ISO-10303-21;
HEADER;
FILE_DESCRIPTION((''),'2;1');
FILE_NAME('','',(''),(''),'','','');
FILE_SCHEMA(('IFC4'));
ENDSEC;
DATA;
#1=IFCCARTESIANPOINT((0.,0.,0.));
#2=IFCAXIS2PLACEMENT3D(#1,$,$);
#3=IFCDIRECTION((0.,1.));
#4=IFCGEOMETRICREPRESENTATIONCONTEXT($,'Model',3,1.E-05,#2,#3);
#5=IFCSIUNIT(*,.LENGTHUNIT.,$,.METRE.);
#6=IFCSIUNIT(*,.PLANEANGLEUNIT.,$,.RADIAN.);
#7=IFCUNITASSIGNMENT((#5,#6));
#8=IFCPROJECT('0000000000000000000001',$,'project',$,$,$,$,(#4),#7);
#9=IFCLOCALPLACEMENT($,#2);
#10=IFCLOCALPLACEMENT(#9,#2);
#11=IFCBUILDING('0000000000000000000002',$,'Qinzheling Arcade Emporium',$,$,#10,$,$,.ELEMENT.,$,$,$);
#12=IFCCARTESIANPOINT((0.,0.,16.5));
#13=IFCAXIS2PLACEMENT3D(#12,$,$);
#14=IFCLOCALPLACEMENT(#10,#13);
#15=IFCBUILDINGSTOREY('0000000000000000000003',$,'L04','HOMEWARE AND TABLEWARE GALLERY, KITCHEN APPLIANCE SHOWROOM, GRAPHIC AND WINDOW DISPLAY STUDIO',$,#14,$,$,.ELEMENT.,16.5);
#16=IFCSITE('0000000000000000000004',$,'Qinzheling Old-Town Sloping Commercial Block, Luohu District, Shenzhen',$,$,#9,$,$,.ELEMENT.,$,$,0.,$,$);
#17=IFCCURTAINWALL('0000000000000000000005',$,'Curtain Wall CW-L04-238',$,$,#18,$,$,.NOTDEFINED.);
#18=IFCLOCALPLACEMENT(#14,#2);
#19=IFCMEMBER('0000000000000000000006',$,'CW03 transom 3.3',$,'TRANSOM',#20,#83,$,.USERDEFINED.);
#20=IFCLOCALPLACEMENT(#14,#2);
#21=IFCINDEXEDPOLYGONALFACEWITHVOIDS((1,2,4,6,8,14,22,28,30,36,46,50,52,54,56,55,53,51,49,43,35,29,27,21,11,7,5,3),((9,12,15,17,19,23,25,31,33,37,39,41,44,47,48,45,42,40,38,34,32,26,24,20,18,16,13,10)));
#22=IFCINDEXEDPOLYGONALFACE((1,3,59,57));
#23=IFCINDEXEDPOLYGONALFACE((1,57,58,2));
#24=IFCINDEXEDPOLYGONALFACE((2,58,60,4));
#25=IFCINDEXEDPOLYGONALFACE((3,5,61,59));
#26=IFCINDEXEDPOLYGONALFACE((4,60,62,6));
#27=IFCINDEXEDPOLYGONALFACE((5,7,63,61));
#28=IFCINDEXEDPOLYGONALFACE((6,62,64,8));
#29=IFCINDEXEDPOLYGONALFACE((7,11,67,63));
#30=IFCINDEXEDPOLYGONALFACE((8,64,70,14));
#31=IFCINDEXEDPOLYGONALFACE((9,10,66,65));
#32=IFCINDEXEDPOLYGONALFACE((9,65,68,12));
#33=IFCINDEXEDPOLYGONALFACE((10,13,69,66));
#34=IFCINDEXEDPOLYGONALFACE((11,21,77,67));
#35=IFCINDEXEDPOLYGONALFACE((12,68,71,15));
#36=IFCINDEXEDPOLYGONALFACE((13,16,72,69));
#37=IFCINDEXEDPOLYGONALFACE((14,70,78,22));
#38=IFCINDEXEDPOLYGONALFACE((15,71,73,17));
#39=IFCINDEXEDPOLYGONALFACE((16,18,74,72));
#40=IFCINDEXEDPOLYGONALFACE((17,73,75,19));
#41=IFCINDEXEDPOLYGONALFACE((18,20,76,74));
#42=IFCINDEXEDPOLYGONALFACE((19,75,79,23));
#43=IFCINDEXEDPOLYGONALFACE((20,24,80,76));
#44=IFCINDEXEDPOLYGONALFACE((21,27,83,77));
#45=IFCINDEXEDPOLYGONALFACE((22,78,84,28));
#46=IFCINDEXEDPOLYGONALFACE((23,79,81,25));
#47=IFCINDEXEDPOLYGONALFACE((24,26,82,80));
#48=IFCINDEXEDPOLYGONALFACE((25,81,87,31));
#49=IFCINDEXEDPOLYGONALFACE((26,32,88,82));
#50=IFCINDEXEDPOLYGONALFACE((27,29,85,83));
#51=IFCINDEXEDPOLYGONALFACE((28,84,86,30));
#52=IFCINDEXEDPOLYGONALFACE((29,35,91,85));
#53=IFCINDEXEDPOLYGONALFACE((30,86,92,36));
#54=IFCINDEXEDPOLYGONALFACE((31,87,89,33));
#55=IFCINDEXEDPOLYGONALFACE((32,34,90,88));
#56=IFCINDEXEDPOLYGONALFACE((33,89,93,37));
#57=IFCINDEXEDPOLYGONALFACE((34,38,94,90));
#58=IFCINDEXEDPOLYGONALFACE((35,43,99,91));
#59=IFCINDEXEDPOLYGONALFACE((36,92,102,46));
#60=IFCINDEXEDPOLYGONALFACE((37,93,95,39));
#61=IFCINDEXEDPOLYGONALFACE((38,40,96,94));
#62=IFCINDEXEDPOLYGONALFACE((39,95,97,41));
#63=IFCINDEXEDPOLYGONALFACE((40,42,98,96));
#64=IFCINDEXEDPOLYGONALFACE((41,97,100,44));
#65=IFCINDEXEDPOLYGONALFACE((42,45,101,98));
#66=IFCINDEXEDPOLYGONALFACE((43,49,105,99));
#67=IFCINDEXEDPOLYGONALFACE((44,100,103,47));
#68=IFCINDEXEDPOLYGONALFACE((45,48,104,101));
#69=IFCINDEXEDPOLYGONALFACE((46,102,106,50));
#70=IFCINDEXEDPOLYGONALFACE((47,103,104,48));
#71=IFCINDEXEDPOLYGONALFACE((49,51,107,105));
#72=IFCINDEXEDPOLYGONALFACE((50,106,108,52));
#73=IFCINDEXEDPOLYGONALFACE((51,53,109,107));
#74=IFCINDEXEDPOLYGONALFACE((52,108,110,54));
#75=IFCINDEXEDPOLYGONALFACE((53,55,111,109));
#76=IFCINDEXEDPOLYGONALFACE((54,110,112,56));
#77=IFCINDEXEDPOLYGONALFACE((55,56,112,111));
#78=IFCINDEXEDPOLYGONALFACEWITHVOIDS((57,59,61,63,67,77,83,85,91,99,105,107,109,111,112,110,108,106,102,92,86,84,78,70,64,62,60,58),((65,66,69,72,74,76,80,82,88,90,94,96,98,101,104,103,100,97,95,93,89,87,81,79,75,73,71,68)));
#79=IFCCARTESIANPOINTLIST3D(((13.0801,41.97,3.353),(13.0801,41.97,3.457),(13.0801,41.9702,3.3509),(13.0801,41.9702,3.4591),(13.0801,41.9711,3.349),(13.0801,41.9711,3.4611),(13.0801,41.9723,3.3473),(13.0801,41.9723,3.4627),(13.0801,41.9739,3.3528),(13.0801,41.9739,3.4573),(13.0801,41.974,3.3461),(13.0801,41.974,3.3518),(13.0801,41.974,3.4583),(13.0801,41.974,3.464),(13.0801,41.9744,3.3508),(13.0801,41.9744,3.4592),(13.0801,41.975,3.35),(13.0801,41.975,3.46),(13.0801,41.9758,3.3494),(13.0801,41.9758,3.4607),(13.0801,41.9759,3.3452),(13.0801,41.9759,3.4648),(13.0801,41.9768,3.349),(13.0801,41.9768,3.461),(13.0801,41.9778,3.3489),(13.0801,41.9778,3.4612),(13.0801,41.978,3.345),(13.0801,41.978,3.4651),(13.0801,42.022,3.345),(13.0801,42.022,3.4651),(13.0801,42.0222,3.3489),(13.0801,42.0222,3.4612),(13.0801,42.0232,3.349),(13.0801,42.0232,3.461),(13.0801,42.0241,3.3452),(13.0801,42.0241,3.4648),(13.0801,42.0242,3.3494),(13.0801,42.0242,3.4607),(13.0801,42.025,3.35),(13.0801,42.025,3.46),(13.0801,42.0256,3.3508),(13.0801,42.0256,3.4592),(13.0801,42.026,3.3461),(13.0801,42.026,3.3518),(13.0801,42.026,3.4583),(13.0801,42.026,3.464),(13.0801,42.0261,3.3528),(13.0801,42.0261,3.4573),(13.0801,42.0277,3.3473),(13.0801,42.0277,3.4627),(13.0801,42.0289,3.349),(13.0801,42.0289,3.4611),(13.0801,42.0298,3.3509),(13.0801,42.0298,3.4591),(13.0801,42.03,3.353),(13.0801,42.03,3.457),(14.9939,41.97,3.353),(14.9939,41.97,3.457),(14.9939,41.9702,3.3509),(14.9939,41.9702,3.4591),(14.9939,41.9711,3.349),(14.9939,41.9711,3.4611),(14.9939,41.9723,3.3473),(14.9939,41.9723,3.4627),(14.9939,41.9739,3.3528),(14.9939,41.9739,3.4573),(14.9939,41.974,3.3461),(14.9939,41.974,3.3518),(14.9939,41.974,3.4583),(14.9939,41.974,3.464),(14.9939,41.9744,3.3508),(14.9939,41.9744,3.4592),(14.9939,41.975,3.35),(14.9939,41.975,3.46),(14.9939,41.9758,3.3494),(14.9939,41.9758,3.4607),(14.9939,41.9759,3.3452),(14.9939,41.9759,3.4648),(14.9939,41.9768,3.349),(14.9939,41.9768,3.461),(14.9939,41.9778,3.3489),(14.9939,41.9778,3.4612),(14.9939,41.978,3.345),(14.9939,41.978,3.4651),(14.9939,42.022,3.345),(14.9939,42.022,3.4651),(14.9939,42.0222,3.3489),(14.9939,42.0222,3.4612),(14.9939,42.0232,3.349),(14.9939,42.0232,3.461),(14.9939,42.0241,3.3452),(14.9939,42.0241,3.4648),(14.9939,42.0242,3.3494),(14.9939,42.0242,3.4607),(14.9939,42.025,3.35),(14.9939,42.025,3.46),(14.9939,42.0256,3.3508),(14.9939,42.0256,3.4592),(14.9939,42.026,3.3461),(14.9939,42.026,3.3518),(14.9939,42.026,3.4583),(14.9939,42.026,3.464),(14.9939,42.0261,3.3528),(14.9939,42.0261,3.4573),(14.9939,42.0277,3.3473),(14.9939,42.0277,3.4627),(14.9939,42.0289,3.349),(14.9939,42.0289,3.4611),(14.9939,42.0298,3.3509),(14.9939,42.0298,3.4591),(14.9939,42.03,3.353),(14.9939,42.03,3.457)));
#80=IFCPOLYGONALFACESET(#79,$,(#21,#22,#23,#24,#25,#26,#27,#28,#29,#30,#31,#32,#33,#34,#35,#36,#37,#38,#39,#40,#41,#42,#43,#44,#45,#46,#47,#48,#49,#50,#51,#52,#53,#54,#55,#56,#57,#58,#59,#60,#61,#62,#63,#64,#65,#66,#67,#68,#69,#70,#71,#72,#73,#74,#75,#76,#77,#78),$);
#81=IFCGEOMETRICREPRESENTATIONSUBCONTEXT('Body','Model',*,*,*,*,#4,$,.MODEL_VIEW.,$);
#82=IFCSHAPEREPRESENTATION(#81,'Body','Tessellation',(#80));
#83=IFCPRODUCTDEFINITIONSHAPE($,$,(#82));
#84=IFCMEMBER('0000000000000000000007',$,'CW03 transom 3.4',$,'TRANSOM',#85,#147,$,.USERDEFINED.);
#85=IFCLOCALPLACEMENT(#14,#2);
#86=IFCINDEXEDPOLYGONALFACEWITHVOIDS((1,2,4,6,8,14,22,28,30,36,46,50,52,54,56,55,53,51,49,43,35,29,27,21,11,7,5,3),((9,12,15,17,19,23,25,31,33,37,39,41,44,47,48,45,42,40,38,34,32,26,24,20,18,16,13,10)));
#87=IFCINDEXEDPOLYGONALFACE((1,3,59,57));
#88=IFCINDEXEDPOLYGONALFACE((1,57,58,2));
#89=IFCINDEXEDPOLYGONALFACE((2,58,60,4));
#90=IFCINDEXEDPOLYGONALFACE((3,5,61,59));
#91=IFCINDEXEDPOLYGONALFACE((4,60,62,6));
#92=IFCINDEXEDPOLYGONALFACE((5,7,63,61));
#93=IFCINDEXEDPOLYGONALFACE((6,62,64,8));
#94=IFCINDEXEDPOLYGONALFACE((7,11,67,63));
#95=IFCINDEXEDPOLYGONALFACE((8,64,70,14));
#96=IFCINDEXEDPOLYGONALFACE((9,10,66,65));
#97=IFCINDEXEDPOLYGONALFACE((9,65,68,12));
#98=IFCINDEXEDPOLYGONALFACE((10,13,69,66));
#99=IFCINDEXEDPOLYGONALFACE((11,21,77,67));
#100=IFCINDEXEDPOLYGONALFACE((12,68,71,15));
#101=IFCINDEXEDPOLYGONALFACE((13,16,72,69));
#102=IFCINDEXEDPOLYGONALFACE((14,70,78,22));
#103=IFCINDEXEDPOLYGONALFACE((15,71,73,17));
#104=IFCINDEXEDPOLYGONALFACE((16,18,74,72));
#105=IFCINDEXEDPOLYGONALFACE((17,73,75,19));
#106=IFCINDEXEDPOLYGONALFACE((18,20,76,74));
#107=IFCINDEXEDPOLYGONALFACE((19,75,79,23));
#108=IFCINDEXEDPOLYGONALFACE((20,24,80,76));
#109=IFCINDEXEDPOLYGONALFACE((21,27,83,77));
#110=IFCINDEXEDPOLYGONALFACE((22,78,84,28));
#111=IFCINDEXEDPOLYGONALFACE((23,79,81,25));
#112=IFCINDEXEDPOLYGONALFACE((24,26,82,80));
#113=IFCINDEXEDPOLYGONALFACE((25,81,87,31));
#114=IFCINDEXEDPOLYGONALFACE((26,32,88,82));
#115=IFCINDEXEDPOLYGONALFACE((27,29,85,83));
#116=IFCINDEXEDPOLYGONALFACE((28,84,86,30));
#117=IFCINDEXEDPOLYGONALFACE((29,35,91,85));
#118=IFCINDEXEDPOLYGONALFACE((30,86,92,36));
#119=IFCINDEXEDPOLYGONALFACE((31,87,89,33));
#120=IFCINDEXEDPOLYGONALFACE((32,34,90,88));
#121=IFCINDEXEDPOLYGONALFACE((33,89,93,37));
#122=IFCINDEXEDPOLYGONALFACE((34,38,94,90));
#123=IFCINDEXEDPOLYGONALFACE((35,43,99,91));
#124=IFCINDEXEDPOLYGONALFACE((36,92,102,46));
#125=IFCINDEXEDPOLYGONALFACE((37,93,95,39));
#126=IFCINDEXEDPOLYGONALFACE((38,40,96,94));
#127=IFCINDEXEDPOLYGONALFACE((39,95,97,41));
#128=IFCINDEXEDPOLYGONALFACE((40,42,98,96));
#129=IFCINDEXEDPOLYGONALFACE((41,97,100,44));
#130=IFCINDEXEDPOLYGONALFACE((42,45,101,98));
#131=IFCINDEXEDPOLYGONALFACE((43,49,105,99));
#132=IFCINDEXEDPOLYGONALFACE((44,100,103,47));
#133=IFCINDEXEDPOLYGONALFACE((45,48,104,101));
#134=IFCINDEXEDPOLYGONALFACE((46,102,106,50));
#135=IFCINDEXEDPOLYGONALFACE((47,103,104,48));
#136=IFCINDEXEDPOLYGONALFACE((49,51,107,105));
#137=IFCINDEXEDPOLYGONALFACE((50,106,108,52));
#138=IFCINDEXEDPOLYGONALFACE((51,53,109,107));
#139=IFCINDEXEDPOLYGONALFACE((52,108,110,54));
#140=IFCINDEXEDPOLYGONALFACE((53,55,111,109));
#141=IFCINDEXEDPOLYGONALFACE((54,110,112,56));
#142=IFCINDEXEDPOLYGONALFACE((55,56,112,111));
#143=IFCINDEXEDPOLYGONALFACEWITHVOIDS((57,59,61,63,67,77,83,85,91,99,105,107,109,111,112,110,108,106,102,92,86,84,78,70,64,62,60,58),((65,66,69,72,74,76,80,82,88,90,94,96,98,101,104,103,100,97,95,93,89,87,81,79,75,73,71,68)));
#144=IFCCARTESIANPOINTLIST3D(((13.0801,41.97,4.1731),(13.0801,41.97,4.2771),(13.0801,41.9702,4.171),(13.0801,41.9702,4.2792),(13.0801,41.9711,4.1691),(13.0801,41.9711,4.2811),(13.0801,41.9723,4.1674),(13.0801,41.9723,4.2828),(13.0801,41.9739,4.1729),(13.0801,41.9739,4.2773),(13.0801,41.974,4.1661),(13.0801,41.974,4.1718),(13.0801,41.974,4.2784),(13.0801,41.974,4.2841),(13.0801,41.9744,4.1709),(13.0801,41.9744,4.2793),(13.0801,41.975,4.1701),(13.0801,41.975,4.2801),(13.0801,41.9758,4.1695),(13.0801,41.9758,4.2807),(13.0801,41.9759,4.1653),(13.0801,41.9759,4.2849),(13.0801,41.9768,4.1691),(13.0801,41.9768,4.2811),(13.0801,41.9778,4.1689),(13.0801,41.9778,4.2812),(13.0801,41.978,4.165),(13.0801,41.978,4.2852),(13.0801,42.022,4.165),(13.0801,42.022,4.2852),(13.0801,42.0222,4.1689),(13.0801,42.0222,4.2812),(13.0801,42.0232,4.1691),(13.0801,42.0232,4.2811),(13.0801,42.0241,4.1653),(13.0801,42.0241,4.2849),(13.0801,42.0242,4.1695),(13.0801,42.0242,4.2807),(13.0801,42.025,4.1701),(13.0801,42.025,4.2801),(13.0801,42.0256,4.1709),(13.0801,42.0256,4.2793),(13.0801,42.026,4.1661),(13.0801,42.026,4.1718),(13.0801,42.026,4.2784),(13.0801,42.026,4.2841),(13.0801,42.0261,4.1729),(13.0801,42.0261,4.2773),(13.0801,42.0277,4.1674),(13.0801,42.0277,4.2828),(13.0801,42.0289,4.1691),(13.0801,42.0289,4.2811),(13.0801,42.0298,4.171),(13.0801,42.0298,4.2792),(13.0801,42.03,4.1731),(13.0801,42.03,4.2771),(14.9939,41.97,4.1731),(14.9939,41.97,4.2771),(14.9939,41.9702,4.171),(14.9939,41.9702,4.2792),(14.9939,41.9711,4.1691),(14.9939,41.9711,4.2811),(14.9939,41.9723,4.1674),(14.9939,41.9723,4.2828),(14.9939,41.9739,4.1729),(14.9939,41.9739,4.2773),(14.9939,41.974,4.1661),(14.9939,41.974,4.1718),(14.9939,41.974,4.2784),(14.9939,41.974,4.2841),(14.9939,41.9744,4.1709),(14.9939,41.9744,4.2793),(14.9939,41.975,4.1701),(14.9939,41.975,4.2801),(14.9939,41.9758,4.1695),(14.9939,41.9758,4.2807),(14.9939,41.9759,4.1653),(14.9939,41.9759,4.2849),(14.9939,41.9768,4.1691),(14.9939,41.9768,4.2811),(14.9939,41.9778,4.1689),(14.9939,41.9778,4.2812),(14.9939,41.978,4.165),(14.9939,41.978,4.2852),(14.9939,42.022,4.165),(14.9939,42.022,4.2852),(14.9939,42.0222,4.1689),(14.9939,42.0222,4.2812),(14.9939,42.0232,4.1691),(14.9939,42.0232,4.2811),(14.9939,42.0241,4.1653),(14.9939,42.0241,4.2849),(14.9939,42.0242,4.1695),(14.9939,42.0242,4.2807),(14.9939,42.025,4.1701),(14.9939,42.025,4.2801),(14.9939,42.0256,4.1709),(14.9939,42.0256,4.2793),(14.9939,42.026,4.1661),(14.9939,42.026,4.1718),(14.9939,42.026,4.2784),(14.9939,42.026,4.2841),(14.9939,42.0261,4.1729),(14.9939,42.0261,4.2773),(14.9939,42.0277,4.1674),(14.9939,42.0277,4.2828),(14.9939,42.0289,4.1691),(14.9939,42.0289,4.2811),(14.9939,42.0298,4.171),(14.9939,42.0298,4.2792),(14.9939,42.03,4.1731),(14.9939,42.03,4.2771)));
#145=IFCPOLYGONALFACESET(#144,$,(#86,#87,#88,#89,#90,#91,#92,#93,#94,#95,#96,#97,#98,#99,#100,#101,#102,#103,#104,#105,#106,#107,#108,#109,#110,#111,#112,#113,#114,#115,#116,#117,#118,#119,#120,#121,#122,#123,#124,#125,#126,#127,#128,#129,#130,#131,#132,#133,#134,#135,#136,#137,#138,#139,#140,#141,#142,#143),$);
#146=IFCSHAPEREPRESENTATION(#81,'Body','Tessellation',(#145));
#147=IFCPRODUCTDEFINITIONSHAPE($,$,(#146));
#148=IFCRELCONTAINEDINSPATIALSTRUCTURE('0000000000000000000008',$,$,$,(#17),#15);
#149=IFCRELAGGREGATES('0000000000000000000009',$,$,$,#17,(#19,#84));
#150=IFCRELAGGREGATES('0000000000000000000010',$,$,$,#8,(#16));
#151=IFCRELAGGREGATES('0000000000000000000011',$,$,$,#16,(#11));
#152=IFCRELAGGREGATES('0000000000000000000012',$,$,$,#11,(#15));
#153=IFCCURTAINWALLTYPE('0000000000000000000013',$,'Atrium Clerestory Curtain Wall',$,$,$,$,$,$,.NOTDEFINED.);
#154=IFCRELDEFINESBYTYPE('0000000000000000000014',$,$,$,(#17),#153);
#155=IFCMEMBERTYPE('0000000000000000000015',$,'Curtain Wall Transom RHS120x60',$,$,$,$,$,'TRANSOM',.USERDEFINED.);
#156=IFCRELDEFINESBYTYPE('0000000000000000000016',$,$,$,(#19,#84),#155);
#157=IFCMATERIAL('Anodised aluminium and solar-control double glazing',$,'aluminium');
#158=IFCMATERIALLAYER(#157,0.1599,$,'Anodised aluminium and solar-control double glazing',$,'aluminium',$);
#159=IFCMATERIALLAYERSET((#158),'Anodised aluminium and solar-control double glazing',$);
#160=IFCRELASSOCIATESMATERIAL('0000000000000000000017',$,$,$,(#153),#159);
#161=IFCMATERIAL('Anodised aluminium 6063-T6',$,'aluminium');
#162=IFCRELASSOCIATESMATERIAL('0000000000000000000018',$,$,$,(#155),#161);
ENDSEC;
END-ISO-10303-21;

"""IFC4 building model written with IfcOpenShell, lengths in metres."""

from ifc_helpers import new_model, si_unit, direction, frame, origin, origin_2d, place, context, subcontext, project, spatial, hollow_rectangle, extrude, material, layer, layer_set, material_profile, profile_set, type_object, element, aggregate, save


model = new_model("IFC4")

# Units and contexts
model_context = context("Model", 3, precision=1e-05, world=origin(), true_north=direction((0.0, 1.0)))
body_context = subcontext(model_context, "Body", "Model", "MODEL_VIEW")
ifc_project = project(units=[si_unit("LENGTHUNIT", "METRE"), si_unit("PLANEANGLEUNIT", "RADIAN")], contexts=[model_context])

# Site, building, storey
site_placement = place(None, origin())
site = spatial("IfcSite", under=ifc_project, at=site_placement, Name="Qinzheling Old-Town Sloping Commercial Block, Luohu District, Shenzhen", CompositionType="ELEMENT", RefElevation=0.0)
building_placement = place(site_placement, origin())
building = spatial("IfcBuilding", under=site, at=building_placement, Name="Qinzheling Arcade Emporium", CompositionType="ELEMENT")
storey_placement = place(building_placement, frame((0.0, 0.0, 16.5)))
storey = spatial("IfcBuildingStorey", under=building, at=storey_placement, Name="L04", Description="HOMEWARE AND TABLEWARE GALLERY, KITCHEN APPLIANCE SHOWROOM, GRAPHIC AND WINDOW DISPLAY STUDIO", CompositionType="ELEMENT", Elevation=16.5)

# Curtain wall, members
ifc_material_1 = material(Name="Anodised aluminium and solar-control double glazing", Category="aluminium")
ifc_layer_1 = layer(ifc_material_1, 0.1599, Name="Anodised aluminium and solar-control double glazing", Category="aluminium")
ifc_layer_set_1 = layer_set([ifc_layer_1], Name="Anodised aluminium and solar-control double glazing")
curtain_wall_type = type_object("IfcCurtainWallType", Name="Atrium Clerestory Curtain Wall", PredefinedType="NOTDEFINED", material=ifc_layer_set_1)
curtain_wall_placement = place(storey_placement, origin())
curtain_wall = element("IfcCurtainWall", 1, at=curtain_wall_placement, inside=storey, type_object=curtain_wall_type, Name="Curtain Wall CW-L04-238", PredefinedType="NOTDEFINED")
ifc_material_2 = material(Name="Anodised aluminium 6063-T6", Category="aluminium")
ifc_material_profile_1 = material_profile(ifc_material_2, hollow_rectangle(XDim=0.0601, YDim=0.1201, WallThickness=0.0039, InnerFilletRadius=0.0039, OuterFilletRadius=0.0081, at=origin_2d()), Name="RHS 120x60x4", Category="aluminium")
ifc_profile_set_1 = profile_set([ifc_material_profile_1], Name="Anodised aluminium 6063-T6")
member_type_1 = type_object("IfcMemberType", Name="Curtain Wall Transom RHS120x60", ElementType="TRANSOM", PredefinedType="USERDEFINED", material=ifc_profile_set_1)
member_1_placement = place(storey_placement, frame((13.0801, 42.0, 3.405), z_axis=(1.0, 0.0, 0.0), x_axis=(0.0, 1.0, 0.0)))
member_1 = element("IfcMember", 2, at=member_1_placement, type_object=member_type_1, Name="CW03 transom 3.3", ObjectType="TRANSOM", PredefinedType="USERDEFINED", context=body_context, shape_type="SweptSolid", body=[
    extrude(hollow_rectangle(XDim=0.0601, YDim=0.1201, WallThickness=0.0039, InnerFilletRadius=0.0039, OuterFilletRadius=0.0081, at=origin_2d()), origin(), (0.0, 0.0, 1.0), 1.9138),
])
member_2_placement = place(storey_placement, frame((13.0801, 42.0, 4.2251), z_axis=(1.0, 0.0, 0.0), x_axis=(0.0, 1.0, 0.0)))
member_2 = element("IfcMember", 3, at=member_2_placement, type_object=member_type_1, Name="CW03 transom 3.4", ObjectType="TRANSOM", PredefinedType="USERDEFINED", context=body_context, shape_type="SweptSolid", body=[
    extrude(hollow_rectangle(XDim=0.0601, YDim=0.1201, WallThickness=0.0039, InnerFilletRadius=0.0039, OuterFilletRadius=0.0081, at=origin_2d()), origin(), (0.0, 0.0, 1.0), 1.9138),
])

aggregate(curtain_wall, [member_1, member_2])

save(model, "model.ifc")
